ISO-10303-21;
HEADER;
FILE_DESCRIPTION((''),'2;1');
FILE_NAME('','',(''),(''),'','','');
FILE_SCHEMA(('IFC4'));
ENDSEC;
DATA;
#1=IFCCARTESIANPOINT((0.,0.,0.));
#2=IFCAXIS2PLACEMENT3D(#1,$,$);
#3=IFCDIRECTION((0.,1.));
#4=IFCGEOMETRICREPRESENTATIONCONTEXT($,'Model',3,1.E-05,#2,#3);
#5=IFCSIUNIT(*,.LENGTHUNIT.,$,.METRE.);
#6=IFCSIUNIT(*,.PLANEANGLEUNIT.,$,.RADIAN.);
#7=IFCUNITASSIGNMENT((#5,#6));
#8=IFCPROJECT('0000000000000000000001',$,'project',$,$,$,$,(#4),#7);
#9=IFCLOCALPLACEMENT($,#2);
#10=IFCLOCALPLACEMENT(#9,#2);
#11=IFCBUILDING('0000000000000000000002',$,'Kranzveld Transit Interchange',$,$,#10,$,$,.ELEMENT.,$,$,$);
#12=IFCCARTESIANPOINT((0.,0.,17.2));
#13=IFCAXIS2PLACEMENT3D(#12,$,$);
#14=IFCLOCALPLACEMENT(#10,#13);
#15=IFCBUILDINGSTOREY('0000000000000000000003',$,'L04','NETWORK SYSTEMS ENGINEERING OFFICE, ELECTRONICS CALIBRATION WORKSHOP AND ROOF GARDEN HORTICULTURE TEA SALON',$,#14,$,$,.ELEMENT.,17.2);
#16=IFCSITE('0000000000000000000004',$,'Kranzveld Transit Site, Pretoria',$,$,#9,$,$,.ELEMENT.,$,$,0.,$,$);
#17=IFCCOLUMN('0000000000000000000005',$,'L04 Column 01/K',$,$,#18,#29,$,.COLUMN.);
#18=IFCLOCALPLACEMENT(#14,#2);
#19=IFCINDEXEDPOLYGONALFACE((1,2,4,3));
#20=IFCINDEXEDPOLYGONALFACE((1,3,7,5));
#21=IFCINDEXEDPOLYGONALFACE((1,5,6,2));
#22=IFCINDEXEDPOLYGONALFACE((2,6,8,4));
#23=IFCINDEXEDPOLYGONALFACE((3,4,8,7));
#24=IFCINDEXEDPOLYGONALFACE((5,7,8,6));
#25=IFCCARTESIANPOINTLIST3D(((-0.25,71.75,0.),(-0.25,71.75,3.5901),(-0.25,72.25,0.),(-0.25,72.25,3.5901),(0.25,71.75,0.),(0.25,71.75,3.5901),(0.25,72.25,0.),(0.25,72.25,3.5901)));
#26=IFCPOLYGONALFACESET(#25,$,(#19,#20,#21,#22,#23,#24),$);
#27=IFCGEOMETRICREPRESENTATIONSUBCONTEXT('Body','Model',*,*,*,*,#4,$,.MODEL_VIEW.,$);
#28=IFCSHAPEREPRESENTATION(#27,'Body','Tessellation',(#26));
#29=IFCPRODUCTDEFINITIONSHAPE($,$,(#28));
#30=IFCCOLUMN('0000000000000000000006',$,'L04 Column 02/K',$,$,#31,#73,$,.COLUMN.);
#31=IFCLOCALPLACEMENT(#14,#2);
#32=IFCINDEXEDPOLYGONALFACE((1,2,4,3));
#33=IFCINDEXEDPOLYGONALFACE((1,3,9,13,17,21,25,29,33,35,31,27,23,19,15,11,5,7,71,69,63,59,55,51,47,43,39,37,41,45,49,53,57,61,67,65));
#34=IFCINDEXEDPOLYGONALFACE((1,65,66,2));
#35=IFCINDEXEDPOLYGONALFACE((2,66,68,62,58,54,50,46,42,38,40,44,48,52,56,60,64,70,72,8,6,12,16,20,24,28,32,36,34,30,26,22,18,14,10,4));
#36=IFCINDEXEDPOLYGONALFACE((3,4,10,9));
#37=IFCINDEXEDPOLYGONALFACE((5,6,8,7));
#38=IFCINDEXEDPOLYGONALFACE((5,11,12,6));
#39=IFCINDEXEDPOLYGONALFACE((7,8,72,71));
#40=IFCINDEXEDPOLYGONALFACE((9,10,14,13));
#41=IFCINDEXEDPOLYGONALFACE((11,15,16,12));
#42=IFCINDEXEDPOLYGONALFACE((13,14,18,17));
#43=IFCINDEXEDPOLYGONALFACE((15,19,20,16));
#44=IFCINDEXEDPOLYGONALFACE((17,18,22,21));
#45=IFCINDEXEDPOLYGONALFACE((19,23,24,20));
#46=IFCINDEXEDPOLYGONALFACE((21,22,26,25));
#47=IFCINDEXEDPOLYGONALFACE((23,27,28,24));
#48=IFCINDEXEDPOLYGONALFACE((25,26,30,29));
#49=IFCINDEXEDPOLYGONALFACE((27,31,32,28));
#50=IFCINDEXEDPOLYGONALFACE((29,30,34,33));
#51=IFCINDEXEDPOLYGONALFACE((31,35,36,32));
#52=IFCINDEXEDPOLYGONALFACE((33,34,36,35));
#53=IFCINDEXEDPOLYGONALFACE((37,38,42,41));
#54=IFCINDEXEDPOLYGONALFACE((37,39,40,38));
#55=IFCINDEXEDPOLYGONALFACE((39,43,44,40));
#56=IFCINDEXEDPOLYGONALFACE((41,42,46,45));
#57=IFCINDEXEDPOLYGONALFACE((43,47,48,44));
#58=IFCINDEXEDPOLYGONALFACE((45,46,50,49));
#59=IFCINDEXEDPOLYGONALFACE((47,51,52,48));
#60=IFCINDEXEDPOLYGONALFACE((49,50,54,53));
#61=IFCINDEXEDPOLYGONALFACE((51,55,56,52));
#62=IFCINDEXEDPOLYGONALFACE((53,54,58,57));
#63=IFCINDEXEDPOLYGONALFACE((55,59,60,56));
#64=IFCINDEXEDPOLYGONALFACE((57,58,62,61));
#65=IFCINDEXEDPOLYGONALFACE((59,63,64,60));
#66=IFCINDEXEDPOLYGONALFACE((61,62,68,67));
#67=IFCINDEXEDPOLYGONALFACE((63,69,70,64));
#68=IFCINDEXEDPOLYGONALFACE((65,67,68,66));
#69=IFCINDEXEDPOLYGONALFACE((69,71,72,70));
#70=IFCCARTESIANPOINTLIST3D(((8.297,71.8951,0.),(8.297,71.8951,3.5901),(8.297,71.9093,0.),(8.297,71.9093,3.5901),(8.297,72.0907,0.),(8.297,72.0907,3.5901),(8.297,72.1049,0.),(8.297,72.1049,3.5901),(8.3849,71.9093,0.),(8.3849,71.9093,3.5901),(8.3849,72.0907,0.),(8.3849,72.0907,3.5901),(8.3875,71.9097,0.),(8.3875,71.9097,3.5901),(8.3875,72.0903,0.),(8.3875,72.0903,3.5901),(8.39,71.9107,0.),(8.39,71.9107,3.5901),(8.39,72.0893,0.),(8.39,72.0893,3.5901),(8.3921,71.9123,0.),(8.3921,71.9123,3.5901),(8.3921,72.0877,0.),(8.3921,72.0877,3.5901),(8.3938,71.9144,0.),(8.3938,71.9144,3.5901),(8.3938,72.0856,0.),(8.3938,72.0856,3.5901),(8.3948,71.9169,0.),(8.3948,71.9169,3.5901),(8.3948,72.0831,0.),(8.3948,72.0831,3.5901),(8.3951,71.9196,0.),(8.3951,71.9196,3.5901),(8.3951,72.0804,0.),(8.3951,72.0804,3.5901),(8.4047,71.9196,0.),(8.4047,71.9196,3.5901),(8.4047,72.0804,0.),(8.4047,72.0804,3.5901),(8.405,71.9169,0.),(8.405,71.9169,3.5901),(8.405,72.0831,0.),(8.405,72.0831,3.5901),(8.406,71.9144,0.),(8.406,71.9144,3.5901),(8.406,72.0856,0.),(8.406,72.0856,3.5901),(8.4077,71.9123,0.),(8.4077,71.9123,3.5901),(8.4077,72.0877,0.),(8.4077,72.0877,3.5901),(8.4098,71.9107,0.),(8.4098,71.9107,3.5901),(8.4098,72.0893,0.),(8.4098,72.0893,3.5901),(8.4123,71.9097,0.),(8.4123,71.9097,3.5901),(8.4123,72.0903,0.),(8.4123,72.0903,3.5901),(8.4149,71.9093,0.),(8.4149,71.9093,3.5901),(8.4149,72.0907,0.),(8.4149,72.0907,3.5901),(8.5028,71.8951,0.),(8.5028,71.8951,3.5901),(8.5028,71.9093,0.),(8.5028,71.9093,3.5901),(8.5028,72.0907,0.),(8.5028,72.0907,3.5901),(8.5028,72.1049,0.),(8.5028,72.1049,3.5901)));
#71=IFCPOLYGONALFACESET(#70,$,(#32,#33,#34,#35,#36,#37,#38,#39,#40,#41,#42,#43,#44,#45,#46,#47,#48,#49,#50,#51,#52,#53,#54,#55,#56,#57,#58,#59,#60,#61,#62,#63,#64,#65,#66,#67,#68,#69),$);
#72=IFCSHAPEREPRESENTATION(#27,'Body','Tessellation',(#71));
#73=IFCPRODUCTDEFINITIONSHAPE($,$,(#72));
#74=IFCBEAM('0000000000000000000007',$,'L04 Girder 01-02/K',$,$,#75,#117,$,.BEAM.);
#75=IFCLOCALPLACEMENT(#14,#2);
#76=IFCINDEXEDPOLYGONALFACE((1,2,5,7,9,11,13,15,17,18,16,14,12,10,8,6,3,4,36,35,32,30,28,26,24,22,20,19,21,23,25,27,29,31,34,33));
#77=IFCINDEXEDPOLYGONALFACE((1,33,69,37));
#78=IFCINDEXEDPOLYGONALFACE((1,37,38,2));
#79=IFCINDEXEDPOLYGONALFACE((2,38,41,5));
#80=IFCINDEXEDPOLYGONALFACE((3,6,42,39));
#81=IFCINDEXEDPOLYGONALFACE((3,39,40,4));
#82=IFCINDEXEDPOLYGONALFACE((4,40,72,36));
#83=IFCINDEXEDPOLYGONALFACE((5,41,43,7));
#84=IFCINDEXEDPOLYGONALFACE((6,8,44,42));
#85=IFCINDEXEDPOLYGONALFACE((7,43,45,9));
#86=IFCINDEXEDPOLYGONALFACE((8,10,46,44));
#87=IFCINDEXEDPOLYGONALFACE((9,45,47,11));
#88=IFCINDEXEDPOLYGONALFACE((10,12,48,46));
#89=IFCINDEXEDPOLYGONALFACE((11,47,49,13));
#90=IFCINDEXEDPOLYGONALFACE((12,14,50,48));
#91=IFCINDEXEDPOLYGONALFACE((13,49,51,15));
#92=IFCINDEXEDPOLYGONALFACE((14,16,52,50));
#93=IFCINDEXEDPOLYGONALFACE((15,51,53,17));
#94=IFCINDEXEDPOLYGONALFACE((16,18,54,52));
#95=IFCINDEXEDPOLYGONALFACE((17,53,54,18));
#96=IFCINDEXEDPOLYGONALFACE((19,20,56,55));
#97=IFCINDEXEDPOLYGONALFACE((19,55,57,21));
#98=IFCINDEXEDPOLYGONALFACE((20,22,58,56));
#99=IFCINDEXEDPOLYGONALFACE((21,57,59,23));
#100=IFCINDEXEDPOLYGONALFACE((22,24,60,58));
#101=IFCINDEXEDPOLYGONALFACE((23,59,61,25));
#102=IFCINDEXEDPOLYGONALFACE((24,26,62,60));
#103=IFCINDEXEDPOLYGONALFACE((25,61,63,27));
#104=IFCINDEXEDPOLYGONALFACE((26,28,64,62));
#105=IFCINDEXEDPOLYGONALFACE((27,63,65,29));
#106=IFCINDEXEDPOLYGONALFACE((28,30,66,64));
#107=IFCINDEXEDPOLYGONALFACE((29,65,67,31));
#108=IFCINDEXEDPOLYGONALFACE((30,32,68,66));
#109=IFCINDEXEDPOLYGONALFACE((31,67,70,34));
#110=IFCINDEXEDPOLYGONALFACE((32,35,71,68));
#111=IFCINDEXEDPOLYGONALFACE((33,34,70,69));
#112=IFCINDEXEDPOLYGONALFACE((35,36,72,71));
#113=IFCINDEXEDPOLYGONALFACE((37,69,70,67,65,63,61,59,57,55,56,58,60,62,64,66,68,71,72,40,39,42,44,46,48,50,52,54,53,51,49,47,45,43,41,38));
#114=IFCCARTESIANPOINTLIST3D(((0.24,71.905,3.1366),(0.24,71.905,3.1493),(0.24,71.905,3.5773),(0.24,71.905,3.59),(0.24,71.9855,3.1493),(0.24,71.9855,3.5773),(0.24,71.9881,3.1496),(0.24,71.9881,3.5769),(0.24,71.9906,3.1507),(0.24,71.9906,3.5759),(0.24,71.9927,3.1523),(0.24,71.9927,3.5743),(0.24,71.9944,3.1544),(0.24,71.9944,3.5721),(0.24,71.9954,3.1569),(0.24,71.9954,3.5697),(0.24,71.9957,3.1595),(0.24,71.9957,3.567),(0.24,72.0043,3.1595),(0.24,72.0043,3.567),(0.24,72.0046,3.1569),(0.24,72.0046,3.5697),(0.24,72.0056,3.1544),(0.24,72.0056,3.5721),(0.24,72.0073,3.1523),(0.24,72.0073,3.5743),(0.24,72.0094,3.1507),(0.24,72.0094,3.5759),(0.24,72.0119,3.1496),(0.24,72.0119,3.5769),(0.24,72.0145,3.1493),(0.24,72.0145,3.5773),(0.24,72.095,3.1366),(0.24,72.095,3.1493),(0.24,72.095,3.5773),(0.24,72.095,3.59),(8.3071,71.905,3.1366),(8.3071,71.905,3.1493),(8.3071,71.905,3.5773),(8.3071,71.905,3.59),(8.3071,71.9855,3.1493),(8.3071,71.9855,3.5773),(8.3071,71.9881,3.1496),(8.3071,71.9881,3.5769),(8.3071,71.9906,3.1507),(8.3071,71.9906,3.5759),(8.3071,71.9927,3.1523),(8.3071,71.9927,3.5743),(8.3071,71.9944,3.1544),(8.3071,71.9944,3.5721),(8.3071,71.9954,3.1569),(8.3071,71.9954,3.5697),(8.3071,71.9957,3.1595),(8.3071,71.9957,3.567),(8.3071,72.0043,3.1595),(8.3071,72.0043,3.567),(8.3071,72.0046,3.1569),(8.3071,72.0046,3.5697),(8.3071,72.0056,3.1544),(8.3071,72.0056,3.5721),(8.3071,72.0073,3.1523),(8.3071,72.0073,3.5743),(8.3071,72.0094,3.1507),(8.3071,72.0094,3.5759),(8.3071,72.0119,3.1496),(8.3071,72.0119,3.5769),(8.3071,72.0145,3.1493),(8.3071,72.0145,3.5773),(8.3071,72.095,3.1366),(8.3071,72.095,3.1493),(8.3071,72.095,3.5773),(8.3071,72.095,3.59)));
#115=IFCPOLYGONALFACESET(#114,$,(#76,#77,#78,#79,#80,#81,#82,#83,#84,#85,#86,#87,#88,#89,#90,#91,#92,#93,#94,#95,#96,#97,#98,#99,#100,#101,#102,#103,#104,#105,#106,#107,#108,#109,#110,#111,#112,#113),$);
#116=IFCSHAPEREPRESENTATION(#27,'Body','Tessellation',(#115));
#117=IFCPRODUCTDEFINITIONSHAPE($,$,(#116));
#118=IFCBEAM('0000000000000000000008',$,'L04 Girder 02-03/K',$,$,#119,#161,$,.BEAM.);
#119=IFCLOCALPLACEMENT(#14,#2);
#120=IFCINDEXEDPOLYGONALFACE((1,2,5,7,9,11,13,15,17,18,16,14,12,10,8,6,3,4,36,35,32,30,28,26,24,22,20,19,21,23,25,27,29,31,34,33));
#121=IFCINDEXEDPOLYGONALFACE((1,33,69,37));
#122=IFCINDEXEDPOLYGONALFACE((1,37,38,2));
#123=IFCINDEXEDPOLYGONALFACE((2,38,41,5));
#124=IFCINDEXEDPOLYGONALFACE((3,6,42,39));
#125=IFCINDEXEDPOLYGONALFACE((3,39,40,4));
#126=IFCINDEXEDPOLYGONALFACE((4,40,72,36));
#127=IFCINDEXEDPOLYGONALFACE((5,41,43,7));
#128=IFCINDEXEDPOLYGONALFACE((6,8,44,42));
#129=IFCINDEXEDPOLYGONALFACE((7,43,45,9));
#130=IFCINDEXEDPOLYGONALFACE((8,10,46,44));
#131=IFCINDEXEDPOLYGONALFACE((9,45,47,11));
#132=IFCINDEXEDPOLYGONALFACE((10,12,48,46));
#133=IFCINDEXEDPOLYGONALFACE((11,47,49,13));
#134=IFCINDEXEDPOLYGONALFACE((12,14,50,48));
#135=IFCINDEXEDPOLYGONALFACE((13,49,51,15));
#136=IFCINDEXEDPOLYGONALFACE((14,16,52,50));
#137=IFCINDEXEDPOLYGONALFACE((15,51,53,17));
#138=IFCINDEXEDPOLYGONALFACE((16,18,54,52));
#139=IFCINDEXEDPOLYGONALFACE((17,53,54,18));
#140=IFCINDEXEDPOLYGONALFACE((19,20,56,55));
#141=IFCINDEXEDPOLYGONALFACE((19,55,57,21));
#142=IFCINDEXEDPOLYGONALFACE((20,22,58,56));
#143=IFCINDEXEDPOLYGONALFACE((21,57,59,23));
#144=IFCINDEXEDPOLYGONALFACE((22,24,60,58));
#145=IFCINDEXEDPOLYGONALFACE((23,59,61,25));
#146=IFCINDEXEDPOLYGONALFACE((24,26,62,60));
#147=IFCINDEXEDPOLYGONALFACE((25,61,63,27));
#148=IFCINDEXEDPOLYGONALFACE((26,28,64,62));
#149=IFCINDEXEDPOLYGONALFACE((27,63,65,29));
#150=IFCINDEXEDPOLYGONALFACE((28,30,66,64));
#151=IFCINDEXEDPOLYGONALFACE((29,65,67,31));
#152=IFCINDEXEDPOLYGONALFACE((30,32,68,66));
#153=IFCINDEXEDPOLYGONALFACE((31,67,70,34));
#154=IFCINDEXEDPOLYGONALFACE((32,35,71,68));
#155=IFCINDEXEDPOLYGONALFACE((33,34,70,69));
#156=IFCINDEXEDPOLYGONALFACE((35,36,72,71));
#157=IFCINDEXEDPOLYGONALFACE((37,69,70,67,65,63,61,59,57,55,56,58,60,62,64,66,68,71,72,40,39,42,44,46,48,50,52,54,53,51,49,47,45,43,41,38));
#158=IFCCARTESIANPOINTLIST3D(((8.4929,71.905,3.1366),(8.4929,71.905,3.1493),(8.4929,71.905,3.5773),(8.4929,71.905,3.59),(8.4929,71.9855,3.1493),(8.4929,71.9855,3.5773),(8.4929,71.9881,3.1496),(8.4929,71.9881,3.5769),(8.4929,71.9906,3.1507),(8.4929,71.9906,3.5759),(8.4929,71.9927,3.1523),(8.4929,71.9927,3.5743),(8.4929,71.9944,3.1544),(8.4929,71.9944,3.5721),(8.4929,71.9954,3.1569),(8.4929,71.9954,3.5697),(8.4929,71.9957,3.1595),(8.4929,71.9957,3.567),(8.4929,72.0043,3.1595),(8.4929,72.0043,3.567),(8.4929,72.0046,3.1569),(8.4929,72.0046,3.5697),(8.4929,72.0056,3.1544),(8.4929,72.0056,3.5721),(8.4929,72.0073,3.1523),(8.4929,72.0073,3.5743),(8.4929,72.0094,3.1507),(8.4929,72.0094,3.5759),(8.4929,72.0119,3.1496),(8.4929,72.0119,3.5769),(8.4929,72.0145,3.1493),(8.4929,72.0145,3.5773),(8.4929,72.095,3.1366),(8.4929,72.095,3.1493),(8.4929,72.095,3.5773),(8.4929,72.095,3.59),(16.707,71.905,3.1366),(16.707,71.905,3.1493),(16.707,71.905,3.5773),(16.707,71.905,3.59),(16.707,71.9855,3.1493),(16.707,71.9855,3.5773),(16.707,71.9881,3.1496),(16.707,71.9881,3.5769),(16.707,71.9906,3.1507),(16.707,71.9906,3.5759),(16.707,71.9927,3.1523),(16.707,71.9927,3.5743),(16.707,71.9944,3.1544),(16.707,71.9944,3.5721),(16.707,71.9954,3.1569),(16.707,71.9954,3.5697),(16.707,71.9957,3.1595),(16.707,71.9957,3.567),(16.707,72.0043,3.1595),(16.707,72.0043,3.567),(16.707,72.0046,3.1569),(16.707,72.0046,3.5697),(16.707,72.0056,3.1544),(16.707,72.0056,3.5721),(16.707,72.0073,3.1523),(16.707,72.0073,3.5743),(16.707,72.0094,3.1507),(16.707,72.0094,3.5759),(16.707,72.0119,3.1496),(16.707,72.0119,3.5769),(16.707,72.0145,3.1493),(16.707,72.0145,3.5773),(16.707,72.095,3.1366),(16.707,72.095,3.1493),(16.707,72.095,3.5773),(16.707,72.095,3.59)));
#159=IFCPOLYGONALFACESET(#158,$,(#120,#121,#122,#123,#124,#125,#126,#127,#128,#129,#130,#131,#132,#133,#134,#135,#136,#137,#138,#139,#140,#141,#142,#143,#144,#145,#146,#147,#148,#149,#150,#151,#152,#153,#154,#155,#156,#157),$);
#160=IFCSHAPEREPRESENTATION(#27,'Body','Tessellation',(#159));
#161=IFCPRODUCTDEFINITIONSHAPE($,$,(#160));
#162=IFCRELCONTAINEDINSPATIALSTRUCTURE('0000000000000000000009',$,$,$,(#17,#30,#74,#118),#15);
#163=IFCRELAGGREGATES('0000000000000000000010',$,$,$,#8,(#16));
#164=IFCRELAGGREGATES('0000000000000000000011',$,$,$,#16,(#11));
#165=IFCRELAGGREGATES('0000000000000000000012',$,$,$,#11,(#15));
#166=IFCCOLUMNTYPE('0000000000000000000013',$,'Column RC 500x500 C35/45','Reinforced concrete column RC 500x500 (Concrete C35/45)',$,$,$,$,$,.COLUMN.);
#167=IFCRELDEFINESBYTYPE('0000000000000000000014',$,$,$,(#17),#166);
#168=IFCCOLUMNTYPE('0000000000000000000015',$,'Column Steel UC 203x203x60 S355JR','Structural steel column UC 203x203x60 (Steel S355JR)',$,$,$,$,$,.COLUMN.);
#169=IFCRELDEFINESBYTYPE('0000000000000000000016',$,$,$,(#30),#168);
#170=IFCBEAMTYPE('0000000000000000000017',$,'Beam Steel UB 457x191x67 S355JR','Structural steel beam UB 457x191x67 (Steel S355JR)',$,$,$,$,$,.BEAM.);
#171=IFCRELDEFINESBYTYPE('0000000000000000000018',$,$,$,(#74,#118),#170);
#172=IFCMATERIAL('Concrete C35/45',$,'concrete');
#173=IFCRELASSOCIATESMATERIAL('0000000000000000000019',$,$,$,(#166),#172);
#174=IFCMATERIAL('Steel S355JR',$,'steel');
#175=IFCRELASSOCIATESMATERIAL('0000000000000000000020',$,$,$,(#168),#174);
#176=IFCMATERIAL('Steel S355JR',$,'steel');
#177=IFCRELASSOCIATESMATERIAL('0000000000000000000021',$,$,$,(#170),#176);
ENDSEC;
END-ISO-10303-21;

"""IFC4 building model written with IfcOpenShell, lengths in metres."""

from ifc_helpers import new_model, si_unit, direction, frame, origin, origin_2d, place, context, subcontext, project, spatial, rectangle, i_section, extrude, material, material_profile, profile_set, type_object, element, save


model = new_model("IFC4")

# Units and contexts
model_context = context("Model", 3, precision=1e-05, world=origin(), true_north=direction((0.0, 1.0)))
body_context = subcontext(model_context, "Body", "Model", "MODEL_VIEW")
ifc_project = project(units=[si_unit("LENGTHUNIT", "METRE"), si_unit("PLANEANGLEUNIT", "RADIAN")], contexts=[model_context])

# Site, building, storey
site_placement = place(None, origin())
site = spatial("IfcSite", under=ifc_project, at=site_placement, Name="Kranzveld Transit Site, Pretoria", CompositionType="ELEMENT", RefElevation=0.0)
building_placement = place(site_placement, origin())
building = spatial("IfcBuilding", under=site, at=building_placement, Name="Kranzveld Transit Interchange", CompositionType="ELEMENT")
storey_placement = place(building_placement, frame((0.0, 0.0, 17.2)))
storey = spatial("IfcBuildingStorey", under=building, at=storey_placement, Name="L04", Description="NETWORK SYSTEMS ENGINEERING OFFICE, ELECTRONICS CALIBRATION WORKSHOP AND ROOF GARDEN HORTICULTURE TEA SALON", CompositionType="ELEMENT", Elevation=17.2)

# Columns
ifc_material_1 = material(Name="Concrete C35/45", Category="concrete")
ifc_material_profile_1 = material_profile(ifc_material_1, rectangle(XDim=0.5, YDim=0.5, at=origin_2d()), Name="RC 500x500")
ifc_profile_set_1 = profile_set([ifc_material_profile_1], Name="Concrete C35/45")
column_type_1 = type_object("IfcColumnType", Name="Column RC 500x500 C35/45", Description="Reinforced concrete column RC 500x500 (Concrete C35/45)", PredefinedType="COLUMN", material=ifc_profile_set_1)
column_1_placement = place(storey_placement, frame((0.0, 72.0, 0.0), z_axis=(0.0, 0.0, 1.0), x_axis=(1.0, 0.0, 0.0)))
element("IfcColumn", 1, at=column_1_placement, inside=storey, type_object=column_type_1, Name="L04 Column 01/K", PredefinedType="COLUMN", context=body_context, shape_type="SweptSolid", body=[
    extrude(rectangle(XDim=0.5, YDim=0.5, at=origin_2d()), origin(), (0.0, 0.0, 1.0), 3.5901),
])
ifc_material_2 = material(Name="Steel S355JR", Category="steel")
ifc_material_profile_2 = material_profile(ifc_material_2, i_section(OverallWidth=0.2058, OverallDepth=0.2097, WebThickness=0.0095, FlangeThickness=0.0142, FilletRadius=0.0103, at=origin_2d()), Name="UC 203x203x60")
ifc_profile_set_2 = profile_set([ifc_material_profile_2], Name="Steel S355JR")
column_type_2 = type_object("IfcColumnType", Name="Column Steel UC 203x203x60 S355JR", Description="Structural steel column UC 203x203x60 (Steel S355JR)", PredefinedType="COLUMN", material=ifc_profile_set_2)
column_2_placement = place(storey_placement, frame((8.3999, 72.0, 0.0), z_axis=(0.0, 0.0, 1.0), x_axis=(1.0, 0.0, 0.0)))
element("IfcColumn", 2, at=column_2_placement, inside=storey, type_object=column_type_2, Name="L04 Column 02/K", PredefinedType="COLUMN", context=body_context, shape_type="SweptSolid", body=[
    extrude(i_section(OverallWidth=0.2058, OverallDepth=0.2097, WebThickness=0.0095, FlangeThickness=0.0142, FilletRadius=0.0103, at=origin_2d()), origin(), (0.0, 0.0, 1.0), 3.5901),
])

# Beams
ifc_material_3 = material(Name="Steel S355JR", Category="steel")
ifc_material_profile_3 = material_profile(ifc_material_3, i_section(OverallWidth=0.1899, OverallDepth=0.4534, WebThickness=0.0085, FlangeThickness=0.0127, FilletRadius=0.0103, at=origin_2d()), Name="UB 457x191x67")
ifc_profile_set_3 = profile_set([ifc_material_profile_3], Name="Steel S355JR")
beam_type_1 = type_object("IfcBeamType", Name="Beam Steel UB 457x191x67 S355JR", Description="Structural steel beam UB 457x191x67 (Steel S355JR)", PredefinedType="BEAM", material=ifc_profile_set_3)
beam_1_placement = place(storey_placement, frame((0.24, 72.0, 3.3633), z_axis=(1.0, 0.0, 0.0), x_axis=(0.0, 1.0, 0.0)))
element("IfcBeam", 3, at=beam_1_placement, inside=storey, type_object=beam_type_1, Name="L04 Girder 01-02/K", PredefinedType="BEAM", context=body_context, shape_type="SweptSolid", body=[
    extrude(i_section(OverallWidth=0.1899, OverallDepth=0.4534, WebThickness=0.0085, FlangeThickness=0.0127, FilletRadius=0.0103, at=origin_2d()), origin(), (0.0, 0.0, 1.0), 8.0671),
])
beam_2_placement = place(storey_placement, frame((8.4929, 72.0, 3.3633), z_axis=(1.0, 0.0, 0.0), x_axis=(0.0, 1.0, 0.0)))
element("IfcBeam", 4, at=beam_2_placement, inside=storey, type_object=beam_type_1, Name="L04 Girder 02-03/K", PredefinedType="BEAM", context=body_context, shape_type="SweptSolid", body=[
    extrude(i_section(OverallWidth=0.1899, OverallDepth=0.4534, WebThickness=0.0085, FlangeThickness=0.0127, FilletRadius=0.0103, at=origin_2d()), origin(), (0.0, 0.0, 1.0), 8.2141),
])

save(model, "model.ifc")
